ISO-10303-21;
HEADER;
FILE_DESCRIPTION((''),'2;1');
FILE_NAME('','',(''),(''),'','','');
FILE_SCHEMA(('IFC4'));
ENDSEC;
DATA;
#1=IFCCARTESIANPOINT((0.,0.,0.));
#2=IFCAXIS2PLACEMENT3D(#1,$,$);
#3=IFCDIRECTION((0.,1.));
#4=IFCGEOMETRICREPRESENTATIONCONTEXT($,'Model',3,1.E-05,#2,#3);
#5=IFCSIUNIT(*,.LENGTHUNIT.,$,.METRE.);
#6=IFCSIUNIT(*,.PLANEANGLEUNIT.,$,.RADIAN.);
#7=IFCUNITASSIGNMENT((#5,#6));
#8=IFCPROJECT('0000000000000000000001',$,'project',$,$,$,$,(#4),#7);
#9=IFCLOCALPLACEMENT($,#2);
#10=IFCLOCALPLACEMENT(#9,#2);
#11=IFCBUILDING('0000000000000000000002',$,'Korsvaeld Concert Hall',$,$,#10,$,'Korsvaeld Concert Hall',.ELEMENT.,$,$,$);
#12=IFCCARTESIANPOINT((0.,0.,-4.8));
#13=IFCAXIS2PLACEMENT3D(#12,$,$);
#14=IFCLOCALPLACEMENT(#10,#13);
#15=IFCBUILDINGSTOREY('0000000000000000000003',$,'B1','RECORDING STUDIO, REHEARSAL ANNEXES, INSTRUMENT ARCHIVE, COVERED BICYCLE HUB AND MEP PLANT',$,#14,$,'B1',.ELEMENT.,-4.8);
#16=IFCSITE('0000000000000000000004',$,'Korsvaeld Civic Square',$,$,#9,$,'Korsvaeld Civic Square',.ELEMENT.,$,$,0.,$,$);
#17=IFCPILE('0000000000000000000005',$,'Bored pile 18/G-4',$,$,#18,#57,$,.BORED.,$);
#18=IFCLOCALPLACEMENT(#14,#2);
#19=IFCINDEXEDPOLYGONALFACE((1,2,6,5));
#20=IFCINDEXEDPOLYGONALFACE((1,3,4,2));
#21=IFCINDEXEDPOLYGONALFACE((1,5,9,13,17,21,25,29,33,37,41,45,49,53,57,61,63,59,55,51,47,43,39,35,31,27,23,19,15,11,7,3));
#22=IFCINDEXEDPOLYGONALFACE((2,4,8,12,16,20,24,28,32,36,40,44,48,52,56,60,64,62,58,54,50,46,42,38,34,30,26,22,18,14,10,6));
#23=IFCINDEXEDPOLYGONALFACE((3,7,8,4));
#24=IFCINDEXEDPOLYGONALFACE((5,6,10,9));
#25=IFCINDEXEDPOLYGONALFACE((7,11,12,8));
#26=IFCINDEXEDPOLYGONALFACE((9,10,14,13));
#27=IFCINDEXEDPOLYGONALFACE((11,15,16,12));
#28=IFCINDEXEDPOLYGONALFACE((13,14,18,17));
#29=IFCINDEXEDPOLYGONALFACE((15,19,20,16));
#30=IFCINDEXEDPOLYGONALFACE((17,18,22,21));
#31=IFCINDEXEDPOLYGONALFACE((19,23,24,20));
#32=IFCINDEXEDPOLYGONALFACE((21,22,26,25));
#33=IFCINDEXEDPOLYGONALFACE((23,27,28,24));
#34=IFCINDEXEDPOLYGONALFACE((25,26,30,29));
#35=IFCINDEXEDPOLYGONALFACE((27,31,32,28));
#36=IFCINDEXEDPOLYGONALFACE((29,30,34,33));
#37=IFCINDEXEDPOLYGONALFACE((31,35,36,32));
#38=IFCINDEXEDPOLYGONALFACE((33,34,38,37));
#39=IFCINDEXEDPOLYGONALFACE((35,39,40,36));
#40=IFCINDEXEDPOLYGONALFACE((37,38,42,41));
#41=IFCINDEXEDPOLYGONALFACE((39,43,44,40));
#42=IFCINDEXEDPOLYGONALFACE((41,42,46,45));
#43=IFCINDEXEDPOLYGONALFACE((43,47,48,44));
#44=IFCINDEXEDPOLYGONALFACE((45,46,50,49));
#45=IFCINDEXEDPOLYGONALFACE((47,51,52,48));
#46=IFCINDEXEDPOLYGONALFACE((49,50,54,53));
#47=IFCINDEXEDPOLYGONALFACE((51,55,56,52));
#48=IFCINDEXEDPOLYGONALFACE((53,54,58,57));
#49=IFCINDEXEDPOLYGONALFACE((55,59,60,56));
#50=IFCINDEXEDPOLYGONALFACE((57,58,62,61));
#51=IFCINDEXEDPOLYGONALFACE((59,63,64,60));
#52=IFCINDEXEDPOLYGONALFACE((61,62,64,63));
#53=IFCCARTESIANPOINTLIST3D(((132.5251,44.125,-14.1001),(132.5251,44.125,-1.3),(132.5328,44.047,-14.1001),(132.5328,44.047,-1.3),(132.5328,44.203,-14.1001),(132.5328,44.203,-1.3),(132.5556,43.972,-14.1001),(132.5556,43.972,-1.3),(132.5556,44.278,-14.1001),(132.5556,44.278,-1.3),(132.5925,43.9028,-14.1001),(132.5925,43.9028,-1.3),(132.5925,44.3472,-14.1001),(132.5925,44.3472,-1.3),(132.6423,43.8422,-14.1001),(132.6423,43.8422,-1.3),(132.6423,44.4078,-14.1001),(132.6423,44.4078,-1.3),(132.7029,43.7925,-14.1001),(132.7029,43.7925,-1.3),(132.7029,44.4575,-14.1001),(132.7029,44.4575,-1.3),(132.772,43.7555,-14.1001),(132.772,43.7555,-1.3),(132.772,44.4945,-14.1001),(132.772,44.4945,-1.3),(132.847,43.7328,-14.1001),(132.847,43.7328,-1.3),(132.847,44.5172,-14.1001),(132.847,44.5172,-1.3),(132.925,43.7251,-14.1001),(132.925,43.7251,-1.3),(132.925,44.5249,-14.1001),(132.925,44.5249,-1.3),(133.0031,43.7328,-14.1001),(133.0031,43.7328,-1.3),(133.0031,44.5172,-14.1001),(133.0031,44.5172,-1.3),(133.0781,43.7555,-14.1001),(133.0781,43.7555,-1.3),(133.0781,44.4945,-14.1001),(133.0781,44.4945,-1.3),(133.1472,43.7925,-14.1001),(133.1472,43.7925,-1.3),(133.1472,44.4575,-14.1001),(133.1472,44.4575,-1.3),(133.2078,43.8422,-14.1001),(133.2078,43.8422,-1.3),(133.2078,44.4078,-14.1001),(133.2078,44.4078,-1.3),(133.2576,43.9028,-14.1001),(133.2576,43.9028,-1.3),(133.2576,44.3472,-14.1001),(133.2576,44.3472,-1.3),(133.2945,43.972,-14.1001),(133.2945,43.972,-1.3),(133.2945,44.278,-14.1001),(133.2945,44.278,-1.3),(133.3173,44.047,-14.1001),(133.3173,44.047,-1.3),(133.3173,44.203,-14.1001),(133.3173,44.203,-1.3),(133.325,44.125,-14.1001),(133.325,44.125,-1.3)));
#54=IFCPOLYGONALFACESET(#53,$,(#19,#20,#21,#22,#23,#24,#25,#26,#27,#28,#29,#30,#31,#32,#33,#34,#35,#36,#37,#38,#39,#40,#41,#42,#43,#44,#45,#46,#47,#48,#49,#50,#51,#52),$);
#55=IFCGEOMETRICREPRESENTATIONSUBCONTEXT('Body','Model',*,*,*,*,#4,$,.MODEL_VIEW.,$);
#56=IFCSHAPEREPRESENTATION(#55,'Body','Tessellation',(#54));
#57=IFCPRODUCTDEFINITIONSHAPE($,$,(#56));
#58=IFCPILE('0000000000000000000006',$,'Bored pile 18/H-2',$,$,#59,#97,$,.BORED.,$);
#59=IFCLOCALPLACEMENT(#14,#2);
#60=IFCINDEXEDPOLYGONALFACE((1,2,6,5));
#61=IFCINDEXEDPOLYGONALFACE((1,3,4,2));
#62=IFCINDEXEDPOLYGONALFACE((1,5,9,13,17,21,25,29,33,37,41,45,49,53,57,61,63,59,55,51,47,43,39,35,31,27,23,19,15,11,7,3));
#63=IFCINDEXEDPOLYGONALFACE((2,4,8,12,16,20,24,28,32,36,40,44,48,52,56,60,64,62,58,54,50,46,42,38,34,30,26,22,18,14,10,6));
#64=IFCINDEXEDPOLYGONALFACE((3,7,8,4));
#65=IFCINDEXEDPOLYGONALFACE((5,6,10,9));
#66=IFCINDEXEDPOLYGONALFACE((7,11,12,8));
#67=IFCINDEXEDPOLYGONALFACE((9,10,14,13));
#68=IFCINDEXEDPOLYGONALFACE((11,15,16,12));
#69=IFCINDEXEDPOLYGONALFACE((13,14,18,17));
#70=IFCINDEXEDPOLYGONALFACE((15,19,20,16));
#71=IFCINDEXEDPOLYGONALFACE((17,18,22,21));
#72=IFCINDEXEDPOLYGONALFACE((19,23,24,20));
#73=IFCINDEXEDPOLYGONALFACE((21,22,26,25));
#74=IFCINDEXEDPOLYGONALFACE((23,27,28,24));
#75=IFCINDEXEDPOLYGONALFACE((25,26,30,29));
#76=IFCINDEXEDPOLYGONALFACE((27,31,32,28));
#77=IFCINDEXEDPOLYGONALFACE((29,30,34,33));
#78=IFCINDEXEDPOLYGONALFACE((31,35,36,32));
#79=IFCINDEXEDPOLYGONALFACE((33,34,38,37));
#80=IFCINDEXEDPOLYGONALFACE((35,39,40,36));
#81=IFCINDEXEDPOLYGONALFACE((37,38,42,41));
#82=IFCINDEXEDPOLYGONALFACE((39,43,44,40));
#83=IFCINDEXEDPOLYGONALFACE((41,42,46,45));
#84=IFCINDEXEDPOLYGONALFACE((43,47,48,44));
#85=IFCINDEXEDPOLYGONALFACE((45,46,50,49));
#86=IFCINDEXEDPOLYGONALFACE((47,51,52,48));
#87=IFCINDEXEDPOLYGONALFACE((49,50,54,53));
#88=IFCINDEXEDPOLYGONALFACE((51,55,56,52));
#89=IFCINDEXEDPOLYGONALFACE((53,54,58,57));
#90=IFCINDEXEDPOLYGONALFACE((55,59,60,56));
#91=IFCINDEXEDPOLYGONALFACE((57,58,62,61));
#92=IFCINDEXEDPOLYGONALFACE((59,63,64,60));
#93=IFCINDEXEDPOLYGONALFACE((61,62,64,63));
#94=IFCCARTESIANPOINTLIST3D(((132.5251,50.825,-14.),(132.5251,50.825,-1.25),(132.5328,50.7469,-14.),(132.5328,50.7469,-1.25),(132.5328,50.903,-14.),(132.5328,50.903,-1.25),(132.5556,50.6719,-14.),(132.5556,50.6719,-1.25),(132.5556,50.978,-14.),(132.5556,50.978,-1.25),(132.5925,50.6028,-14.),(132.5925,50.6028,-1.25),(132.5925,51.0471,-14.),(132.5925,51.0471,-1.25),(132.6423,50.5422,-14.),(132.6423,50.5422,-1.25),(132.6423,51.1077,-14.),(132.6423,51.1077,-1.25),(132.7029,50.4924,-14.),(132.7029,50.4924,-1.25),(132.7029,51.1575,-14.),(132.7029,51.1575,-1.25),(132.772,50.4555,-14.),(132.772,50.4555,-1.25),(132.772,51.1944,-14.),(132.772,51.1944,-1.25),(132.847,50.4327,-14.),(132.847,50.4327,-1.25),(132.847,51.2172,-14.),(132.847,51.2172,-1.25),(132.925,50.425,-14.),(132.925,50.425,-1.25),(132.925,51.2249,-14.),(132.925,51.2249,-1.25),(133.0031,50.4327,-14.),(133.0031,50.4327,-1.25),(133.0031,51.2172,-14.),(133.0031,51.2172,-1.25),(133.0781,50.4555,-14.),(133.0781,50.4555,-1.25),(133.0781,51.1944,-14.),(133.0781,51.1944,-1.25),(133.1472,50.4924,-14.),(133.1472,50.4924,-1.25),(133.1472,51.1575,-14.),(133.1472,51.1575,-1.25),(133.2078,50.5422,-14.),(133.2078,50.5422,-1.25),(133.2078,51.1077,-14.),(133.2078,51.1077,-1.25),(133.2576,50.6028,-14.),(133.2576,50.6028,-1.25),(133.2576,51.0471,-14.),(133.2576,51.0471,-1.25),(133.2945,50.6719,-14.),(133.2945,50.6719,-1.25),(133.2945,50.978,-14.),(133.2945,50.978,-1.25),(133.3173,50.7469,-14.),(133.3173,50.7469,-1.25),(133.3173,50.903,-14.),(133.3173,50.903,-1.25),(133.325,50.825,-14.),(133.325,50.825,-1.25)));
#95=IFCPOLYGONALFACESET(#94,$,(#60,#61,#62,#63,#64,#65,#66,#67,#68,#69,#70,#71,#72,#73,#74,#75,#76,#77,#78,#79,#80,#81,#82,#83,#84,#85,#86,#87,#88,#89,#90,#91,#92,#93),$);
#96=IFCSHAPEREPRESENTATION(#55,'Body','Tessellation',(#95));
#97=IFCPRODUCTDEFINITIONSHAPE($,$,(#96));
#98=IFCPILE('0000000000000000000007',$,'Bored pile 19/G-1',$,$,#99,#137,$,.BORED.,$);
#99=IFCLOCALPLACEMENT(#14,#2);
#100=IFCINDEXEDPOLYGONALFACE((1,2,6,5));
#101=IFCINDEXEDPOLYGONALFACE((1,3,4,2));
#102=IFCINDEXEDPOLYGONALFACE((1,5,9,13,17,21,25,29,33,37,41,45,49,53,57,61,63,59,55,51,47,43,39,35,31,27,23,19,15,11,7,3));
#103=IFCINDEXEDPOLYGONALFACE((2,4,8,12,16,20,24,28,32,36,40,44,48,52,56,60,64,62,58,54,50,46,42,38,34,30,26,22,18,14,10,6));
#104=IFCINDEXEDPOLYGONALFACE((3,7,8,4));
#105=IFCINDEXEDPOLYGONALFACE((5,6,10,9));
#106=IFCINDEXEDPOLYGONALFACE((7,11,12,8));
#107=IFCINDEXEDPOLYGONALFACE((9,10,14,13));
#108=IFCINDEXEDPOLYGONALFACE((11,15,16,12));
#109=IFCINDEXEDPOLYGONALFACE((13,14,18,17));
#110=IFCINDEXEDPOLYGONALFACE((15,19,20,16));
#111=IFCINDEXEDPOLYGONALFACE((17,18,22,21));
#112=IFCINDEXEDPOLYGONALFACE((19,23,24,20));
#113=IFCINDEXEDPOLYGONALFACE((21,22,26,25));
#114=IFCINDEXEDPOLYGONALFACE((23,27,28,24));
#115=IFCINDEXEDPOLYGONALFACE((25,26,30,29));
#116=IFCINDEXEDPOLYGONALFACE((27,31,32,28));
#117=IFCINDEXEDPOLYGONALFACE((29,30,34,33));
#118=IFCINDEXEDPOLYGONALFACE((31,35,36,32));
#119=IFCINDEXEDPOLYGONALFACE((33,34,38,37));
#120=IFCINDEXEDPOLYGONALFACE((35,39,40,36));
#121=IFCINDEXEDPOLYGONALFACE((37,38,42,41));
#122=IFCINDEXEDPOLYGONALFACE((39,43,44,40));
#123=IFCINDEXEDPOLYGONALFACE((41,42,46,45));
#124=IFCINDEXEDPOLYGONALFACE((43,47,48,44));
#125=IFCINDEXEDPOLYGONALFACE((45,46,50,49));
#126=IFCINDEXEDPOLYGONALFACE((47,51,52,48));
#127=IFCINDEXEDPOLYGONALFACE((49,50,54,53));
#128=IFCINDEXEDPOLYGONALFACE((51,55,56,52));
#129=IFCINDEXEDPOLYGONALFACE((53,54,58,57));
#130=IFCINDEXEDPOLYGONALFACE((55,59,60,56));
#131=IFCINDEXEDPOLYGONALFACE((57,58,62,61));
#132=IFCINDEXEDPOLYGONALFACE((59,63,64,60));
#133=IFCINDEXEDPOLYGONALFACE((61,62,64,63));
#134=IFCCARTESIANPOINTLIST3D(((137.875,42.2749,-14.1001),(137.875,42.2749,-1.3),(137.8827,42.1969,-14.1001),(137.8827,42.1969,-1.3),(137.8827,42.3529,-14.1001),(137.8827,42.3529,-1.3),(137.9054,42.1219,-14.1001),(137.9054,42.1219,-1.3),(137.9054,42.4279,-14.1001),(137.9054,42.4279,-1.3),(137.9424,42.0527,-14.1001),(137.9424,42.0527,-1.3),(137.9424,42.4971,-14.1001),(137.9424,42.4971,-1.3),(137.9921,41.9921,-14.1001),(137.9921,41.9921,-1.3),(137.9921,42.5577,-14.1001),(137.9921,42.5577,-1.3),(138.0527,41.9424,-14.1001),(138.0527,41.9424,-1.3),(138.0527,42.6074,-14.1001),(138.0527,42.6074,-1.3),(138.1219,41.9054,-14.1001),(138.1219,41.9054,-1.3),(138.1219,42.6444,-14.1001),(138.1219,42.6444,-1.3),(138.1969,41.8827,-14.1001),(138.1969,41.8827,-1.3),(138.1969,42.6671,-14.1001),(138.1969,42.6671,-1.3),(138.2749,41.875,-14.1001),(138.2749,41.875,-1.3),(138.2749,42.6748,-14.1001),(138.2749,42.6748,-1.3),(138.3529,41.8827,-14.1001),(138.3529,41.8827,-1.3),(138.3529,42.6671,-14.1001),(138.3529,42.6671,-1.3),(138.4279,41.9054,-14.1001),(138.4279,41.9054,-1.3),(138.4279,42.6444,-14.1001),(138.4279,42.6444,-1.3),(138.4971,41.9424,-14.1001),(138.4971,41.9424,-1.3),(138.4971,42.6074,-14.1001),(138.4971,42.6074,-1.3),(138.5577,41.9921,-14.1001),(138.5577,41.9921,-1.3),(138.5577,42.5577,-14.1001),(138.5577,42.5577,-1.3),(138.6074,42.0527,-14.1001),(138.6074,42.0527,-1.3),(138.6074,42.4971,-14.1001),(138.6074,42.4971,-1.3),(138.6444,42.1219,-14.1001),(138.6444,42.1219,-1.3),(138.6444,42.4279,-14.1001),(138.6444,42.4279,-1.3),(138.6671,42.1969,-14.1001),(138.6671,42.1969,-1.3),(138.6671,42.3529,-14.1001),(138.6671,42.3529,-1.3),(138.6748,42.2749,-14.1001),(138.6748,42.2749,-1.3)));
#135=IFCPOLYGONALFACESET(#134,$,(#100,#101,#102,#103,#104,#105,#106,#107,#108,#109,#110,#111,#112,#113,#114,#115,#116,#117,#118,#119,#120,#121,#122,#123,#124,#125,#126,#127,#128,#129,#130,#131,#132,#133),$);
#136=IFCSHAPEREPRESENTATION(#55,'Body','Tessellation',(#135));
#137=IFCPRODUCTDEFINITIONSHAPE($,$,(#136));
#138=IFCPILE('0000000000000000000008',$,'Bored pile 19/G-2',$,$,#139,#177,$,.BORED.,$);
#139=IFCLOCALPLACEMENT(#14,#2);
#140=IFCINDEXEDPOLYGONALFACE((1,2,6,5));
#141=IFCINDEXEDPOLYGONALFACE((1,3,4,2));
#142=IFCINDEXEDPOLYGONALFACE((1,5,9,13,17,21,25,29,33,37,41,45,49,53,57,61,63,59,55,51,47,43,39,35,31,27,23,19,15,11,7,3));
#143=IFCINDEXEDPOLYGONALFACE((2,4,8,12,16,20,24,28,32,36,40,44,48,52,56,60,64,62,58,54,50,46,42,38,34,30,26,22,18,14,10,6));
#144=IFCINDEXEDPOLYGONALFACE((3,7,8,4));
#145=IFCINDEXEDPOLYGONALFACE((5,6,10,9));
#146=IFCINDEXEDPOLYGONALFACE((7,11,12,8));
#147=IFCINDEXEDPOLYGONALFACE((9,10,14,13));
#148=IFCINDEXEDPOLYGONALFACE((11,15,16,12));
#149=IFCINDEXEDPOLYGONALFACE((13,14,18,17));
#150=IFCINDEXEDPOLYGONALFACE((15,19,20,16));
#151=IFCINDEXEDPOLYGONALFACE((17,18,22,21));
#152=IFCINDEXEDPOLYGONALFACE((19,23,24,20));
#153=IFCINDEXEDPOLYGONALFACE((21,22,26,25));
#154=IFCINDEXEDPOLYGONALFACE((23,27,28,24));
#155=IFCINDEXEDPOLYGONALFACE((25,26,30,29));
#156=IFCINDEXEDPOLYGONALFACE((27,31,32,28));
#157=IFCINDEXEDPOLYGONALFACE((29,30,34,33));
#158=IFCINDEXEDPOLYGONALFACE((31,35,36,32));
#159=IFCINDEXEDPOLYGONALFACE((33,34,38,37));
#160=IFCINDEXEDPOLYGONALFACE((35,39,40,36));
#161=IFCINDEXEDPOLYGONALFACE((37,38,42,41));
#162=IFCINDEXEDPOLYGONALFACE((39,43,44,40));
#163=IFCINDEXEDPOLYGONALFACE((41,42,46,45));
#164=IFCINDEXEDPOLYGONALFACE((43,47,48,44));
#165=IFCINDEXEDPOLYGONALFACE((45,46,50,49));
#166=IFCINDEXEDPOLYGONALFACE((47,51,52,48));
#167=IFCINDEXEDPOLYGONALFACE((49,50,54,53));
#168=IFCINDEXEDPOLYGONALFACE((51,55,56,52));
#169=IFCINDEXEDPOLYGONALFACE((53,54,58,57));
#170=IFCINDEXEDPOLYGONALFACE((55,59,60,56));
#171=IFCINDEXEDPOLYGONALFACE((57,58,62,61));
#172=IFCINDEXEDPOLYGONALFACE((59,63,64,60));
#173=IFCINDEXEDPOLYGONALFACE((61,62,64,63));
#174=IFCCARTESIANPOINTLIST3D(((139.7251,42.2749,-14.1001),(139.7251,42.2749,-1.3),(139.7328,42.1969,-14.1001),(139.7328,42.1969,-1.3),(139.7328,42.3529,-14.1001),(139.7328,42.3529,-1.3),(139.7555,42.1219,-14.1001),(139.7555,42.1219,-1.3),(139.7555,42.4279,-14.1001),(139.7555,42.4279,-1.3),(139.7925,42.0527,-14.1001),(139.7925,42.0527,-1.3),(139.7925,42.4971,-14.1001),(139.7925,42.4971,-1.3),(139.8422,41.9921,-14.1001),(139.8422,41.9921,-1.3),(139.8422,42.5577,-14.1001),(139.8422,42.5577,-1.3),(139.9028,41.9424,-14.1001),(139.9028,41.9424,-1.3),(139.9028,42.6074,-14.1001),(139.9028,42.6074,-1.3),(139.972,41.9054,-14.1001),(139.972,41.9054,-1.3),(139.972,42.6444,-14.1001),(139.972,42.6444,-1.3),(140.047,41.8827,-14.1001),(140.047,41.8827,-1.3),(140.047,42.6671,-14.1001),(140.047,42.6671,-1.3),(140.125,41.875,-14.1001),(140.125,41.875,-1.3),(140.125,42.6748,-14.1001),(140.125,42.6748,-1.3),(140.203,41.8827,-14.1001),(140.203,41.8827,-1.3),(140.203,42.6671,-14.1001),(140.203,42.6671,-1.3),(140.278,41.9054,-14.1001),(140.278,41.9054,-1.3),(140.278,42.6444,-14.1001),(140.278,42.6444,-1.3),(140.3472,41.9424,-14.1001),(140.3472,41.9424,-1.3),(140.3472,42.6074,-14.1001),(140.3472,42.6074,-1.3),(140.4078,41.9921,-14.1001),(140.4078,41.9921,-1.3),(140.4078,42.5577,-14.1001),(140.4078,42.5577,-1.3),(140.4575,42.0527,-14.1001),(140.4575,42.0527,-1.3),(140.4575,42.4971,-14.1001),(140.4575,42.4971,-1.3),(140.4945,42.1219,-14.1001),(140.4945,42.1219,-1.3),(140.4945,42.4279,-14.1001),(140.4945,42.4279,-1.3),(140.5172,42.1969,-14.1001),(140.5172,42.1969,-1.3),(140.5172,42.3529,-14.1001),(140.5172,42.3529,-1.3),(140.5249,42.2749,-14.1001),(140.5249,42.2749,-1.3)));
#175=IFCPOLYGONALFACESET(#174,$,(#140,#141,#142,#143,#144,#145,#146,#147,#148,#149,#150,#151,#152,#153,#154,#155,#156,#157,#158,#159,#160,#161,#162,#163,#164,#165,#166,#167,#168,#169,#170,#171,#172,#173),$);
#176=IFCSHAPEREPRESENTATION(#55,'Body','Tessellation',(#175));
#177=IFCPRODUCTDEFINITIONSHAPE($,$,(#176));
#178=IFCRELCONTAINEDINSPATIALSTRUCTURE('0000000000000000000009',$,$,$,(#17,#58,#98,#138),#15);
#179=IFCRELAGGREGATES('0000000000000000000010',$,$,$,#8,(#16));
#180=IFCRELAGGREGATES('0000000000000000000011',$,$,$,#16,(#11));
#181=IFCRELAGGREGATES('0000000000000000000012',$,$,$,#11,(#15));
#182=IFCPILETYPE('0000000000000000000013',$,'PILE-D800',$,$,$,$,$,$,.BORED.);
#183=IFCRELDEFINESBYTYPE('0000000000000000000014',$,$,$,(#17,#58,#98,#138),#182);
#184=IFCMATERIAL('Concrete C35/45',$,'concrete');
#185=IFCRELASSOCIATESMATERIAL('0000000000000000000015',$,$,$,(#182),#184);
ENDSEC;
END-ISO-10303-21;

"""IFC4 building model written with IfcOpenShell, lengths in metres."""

from ifc_helpers import new_model, si_unit, direction, frame, origin, origin_2d, place, context, subcontext, project, spatial, circle, extrude, material, material_profile, profile_set, type_object, element, save


model = new_model("IFC4")

# Units and contexts
model_context = context("Model", 3, precision=1e-05, world=origin(), true_north=direction((0.0, 1.0)))
body_context = subcontext(model_context, "Body", "Model", "MODEL_VIEW")
ifc_project = project(units=[si_unit("LENGTHUNIT", "METRE"), si_unit("PLANEANGLEUNIT", "RADIAN")], contexts=[model_context])

# Site, building, storey
site_placement = place(None, origin())
site = spatial("IfcSite", under=ifc_project, at=site_placement, Name="Korsvaeld Civic Square", LongName="Korsvaeld Civic Square", CompositionType="ELEMENT", RefElevation=0.0)
building_placement = place(site_placement, origin())
building = spatial("IfcBuilding", under=site, at=building_placement, Name="Korsvaeld Concert Hall", LongName="Korsvaeld Concert Hall", CompositionType="ELEMENT")
storey_placement = place(building_placement, frame((0.0, 0.0, -4.8)))
storey = spatial("IfcBuildingStorey", under=building, at=storey_placement, Name="B1", Description="RECORDING STUDIO, REHEARSAL ANNEXES, INSTRUMENT ARCHIVE, COVERED BICYCLE HUB AND MEP PLANT", LongName="B1", CompositionType="ELEMENT", Elevation=-4.8)

# Shared definitions
ifc_material_1 = material(Name="Concrete C35/45", Category="concrete")

# Piles
ifc_material_profile_1 = material_profile(ifc_material_1, circle(Radius=0.3999, at=origin_2d()), Name="BORED PILE D800")
ifc_profile_set_1 = profile_set([ifc_material_profile_1], Name="Concrete C35/45")
pile_type_1 = type_object("IfcPileType", Name="PILE-D800", PredefinedType="BORED", material=ifc_profile_set_1)
for number, where, z_axis, x_axis, name in (
    (1, (132.925, 44.125, -1.3), (0.0, 0.0, -1.0), (1.0, 0.0, 0.0), "Bored pile 18/G-4"),
):
    element("IfcPile", number, at=place(storey_placement, frame(where, z_axis=z_axis, x_axis=x_axis)), inside=storey, type_object=pile_type_1, Name=name, PredefinedType="BORED", context=body_context, shape_type="SweptSolid", body=[
        extrude(circle(Radius=0.3999, at=origin_2d()), origin(), (0.0, 0.0, 1.0), 12.8),
    ])
pile_1_placement = place(storey_placement, frame((132.925, 50.825, -1.25), z_axis=(0.0, 0.0, -1.0), x_axis=(1.0, 0.0, 0.0)))
element("IfcPile", 2, at=pile_1_placement, inside=storey, type_object=pile_type_1, Name="Bored pile 18/H-2", PredefinedType="BORED", context=body_context, shape_type="SweptSolid", body=[
    extrude(circle(Radius=0.3999, at=origin_2d()), origin(), (0.0, 0.0, 1.0), 12.75),
])
for number, where, z_axis, x_axis, name in (
    (3, (138.2749, 42.2749, -1.3), (0.0, 0.0, -1.0), (1.0, 0.0, 0.0), "Bored pile 19/G-1"),
    (4, (140.125, 42.2749, -1.3), (0.0, 0.0, -1.0), (1.0, 0.0, 0.0), "Bored pile 19/G-2"),
):
    element("IfcPile", number, at=place(storey_placement, frame(where, z_axis=z_axis, x_axis=x_axis)), inside=storey, type_object=pile_type_1, Name=name, PredefinedType="BORED", context=body_context, shape_type="SweptSolid", body=[
        extrude(circle(Radius=0.3999, at=origin_2d()), origin(), (0.0, 0.0, 1.0), 12.8),
    ])

save(model, "model.ifc")
